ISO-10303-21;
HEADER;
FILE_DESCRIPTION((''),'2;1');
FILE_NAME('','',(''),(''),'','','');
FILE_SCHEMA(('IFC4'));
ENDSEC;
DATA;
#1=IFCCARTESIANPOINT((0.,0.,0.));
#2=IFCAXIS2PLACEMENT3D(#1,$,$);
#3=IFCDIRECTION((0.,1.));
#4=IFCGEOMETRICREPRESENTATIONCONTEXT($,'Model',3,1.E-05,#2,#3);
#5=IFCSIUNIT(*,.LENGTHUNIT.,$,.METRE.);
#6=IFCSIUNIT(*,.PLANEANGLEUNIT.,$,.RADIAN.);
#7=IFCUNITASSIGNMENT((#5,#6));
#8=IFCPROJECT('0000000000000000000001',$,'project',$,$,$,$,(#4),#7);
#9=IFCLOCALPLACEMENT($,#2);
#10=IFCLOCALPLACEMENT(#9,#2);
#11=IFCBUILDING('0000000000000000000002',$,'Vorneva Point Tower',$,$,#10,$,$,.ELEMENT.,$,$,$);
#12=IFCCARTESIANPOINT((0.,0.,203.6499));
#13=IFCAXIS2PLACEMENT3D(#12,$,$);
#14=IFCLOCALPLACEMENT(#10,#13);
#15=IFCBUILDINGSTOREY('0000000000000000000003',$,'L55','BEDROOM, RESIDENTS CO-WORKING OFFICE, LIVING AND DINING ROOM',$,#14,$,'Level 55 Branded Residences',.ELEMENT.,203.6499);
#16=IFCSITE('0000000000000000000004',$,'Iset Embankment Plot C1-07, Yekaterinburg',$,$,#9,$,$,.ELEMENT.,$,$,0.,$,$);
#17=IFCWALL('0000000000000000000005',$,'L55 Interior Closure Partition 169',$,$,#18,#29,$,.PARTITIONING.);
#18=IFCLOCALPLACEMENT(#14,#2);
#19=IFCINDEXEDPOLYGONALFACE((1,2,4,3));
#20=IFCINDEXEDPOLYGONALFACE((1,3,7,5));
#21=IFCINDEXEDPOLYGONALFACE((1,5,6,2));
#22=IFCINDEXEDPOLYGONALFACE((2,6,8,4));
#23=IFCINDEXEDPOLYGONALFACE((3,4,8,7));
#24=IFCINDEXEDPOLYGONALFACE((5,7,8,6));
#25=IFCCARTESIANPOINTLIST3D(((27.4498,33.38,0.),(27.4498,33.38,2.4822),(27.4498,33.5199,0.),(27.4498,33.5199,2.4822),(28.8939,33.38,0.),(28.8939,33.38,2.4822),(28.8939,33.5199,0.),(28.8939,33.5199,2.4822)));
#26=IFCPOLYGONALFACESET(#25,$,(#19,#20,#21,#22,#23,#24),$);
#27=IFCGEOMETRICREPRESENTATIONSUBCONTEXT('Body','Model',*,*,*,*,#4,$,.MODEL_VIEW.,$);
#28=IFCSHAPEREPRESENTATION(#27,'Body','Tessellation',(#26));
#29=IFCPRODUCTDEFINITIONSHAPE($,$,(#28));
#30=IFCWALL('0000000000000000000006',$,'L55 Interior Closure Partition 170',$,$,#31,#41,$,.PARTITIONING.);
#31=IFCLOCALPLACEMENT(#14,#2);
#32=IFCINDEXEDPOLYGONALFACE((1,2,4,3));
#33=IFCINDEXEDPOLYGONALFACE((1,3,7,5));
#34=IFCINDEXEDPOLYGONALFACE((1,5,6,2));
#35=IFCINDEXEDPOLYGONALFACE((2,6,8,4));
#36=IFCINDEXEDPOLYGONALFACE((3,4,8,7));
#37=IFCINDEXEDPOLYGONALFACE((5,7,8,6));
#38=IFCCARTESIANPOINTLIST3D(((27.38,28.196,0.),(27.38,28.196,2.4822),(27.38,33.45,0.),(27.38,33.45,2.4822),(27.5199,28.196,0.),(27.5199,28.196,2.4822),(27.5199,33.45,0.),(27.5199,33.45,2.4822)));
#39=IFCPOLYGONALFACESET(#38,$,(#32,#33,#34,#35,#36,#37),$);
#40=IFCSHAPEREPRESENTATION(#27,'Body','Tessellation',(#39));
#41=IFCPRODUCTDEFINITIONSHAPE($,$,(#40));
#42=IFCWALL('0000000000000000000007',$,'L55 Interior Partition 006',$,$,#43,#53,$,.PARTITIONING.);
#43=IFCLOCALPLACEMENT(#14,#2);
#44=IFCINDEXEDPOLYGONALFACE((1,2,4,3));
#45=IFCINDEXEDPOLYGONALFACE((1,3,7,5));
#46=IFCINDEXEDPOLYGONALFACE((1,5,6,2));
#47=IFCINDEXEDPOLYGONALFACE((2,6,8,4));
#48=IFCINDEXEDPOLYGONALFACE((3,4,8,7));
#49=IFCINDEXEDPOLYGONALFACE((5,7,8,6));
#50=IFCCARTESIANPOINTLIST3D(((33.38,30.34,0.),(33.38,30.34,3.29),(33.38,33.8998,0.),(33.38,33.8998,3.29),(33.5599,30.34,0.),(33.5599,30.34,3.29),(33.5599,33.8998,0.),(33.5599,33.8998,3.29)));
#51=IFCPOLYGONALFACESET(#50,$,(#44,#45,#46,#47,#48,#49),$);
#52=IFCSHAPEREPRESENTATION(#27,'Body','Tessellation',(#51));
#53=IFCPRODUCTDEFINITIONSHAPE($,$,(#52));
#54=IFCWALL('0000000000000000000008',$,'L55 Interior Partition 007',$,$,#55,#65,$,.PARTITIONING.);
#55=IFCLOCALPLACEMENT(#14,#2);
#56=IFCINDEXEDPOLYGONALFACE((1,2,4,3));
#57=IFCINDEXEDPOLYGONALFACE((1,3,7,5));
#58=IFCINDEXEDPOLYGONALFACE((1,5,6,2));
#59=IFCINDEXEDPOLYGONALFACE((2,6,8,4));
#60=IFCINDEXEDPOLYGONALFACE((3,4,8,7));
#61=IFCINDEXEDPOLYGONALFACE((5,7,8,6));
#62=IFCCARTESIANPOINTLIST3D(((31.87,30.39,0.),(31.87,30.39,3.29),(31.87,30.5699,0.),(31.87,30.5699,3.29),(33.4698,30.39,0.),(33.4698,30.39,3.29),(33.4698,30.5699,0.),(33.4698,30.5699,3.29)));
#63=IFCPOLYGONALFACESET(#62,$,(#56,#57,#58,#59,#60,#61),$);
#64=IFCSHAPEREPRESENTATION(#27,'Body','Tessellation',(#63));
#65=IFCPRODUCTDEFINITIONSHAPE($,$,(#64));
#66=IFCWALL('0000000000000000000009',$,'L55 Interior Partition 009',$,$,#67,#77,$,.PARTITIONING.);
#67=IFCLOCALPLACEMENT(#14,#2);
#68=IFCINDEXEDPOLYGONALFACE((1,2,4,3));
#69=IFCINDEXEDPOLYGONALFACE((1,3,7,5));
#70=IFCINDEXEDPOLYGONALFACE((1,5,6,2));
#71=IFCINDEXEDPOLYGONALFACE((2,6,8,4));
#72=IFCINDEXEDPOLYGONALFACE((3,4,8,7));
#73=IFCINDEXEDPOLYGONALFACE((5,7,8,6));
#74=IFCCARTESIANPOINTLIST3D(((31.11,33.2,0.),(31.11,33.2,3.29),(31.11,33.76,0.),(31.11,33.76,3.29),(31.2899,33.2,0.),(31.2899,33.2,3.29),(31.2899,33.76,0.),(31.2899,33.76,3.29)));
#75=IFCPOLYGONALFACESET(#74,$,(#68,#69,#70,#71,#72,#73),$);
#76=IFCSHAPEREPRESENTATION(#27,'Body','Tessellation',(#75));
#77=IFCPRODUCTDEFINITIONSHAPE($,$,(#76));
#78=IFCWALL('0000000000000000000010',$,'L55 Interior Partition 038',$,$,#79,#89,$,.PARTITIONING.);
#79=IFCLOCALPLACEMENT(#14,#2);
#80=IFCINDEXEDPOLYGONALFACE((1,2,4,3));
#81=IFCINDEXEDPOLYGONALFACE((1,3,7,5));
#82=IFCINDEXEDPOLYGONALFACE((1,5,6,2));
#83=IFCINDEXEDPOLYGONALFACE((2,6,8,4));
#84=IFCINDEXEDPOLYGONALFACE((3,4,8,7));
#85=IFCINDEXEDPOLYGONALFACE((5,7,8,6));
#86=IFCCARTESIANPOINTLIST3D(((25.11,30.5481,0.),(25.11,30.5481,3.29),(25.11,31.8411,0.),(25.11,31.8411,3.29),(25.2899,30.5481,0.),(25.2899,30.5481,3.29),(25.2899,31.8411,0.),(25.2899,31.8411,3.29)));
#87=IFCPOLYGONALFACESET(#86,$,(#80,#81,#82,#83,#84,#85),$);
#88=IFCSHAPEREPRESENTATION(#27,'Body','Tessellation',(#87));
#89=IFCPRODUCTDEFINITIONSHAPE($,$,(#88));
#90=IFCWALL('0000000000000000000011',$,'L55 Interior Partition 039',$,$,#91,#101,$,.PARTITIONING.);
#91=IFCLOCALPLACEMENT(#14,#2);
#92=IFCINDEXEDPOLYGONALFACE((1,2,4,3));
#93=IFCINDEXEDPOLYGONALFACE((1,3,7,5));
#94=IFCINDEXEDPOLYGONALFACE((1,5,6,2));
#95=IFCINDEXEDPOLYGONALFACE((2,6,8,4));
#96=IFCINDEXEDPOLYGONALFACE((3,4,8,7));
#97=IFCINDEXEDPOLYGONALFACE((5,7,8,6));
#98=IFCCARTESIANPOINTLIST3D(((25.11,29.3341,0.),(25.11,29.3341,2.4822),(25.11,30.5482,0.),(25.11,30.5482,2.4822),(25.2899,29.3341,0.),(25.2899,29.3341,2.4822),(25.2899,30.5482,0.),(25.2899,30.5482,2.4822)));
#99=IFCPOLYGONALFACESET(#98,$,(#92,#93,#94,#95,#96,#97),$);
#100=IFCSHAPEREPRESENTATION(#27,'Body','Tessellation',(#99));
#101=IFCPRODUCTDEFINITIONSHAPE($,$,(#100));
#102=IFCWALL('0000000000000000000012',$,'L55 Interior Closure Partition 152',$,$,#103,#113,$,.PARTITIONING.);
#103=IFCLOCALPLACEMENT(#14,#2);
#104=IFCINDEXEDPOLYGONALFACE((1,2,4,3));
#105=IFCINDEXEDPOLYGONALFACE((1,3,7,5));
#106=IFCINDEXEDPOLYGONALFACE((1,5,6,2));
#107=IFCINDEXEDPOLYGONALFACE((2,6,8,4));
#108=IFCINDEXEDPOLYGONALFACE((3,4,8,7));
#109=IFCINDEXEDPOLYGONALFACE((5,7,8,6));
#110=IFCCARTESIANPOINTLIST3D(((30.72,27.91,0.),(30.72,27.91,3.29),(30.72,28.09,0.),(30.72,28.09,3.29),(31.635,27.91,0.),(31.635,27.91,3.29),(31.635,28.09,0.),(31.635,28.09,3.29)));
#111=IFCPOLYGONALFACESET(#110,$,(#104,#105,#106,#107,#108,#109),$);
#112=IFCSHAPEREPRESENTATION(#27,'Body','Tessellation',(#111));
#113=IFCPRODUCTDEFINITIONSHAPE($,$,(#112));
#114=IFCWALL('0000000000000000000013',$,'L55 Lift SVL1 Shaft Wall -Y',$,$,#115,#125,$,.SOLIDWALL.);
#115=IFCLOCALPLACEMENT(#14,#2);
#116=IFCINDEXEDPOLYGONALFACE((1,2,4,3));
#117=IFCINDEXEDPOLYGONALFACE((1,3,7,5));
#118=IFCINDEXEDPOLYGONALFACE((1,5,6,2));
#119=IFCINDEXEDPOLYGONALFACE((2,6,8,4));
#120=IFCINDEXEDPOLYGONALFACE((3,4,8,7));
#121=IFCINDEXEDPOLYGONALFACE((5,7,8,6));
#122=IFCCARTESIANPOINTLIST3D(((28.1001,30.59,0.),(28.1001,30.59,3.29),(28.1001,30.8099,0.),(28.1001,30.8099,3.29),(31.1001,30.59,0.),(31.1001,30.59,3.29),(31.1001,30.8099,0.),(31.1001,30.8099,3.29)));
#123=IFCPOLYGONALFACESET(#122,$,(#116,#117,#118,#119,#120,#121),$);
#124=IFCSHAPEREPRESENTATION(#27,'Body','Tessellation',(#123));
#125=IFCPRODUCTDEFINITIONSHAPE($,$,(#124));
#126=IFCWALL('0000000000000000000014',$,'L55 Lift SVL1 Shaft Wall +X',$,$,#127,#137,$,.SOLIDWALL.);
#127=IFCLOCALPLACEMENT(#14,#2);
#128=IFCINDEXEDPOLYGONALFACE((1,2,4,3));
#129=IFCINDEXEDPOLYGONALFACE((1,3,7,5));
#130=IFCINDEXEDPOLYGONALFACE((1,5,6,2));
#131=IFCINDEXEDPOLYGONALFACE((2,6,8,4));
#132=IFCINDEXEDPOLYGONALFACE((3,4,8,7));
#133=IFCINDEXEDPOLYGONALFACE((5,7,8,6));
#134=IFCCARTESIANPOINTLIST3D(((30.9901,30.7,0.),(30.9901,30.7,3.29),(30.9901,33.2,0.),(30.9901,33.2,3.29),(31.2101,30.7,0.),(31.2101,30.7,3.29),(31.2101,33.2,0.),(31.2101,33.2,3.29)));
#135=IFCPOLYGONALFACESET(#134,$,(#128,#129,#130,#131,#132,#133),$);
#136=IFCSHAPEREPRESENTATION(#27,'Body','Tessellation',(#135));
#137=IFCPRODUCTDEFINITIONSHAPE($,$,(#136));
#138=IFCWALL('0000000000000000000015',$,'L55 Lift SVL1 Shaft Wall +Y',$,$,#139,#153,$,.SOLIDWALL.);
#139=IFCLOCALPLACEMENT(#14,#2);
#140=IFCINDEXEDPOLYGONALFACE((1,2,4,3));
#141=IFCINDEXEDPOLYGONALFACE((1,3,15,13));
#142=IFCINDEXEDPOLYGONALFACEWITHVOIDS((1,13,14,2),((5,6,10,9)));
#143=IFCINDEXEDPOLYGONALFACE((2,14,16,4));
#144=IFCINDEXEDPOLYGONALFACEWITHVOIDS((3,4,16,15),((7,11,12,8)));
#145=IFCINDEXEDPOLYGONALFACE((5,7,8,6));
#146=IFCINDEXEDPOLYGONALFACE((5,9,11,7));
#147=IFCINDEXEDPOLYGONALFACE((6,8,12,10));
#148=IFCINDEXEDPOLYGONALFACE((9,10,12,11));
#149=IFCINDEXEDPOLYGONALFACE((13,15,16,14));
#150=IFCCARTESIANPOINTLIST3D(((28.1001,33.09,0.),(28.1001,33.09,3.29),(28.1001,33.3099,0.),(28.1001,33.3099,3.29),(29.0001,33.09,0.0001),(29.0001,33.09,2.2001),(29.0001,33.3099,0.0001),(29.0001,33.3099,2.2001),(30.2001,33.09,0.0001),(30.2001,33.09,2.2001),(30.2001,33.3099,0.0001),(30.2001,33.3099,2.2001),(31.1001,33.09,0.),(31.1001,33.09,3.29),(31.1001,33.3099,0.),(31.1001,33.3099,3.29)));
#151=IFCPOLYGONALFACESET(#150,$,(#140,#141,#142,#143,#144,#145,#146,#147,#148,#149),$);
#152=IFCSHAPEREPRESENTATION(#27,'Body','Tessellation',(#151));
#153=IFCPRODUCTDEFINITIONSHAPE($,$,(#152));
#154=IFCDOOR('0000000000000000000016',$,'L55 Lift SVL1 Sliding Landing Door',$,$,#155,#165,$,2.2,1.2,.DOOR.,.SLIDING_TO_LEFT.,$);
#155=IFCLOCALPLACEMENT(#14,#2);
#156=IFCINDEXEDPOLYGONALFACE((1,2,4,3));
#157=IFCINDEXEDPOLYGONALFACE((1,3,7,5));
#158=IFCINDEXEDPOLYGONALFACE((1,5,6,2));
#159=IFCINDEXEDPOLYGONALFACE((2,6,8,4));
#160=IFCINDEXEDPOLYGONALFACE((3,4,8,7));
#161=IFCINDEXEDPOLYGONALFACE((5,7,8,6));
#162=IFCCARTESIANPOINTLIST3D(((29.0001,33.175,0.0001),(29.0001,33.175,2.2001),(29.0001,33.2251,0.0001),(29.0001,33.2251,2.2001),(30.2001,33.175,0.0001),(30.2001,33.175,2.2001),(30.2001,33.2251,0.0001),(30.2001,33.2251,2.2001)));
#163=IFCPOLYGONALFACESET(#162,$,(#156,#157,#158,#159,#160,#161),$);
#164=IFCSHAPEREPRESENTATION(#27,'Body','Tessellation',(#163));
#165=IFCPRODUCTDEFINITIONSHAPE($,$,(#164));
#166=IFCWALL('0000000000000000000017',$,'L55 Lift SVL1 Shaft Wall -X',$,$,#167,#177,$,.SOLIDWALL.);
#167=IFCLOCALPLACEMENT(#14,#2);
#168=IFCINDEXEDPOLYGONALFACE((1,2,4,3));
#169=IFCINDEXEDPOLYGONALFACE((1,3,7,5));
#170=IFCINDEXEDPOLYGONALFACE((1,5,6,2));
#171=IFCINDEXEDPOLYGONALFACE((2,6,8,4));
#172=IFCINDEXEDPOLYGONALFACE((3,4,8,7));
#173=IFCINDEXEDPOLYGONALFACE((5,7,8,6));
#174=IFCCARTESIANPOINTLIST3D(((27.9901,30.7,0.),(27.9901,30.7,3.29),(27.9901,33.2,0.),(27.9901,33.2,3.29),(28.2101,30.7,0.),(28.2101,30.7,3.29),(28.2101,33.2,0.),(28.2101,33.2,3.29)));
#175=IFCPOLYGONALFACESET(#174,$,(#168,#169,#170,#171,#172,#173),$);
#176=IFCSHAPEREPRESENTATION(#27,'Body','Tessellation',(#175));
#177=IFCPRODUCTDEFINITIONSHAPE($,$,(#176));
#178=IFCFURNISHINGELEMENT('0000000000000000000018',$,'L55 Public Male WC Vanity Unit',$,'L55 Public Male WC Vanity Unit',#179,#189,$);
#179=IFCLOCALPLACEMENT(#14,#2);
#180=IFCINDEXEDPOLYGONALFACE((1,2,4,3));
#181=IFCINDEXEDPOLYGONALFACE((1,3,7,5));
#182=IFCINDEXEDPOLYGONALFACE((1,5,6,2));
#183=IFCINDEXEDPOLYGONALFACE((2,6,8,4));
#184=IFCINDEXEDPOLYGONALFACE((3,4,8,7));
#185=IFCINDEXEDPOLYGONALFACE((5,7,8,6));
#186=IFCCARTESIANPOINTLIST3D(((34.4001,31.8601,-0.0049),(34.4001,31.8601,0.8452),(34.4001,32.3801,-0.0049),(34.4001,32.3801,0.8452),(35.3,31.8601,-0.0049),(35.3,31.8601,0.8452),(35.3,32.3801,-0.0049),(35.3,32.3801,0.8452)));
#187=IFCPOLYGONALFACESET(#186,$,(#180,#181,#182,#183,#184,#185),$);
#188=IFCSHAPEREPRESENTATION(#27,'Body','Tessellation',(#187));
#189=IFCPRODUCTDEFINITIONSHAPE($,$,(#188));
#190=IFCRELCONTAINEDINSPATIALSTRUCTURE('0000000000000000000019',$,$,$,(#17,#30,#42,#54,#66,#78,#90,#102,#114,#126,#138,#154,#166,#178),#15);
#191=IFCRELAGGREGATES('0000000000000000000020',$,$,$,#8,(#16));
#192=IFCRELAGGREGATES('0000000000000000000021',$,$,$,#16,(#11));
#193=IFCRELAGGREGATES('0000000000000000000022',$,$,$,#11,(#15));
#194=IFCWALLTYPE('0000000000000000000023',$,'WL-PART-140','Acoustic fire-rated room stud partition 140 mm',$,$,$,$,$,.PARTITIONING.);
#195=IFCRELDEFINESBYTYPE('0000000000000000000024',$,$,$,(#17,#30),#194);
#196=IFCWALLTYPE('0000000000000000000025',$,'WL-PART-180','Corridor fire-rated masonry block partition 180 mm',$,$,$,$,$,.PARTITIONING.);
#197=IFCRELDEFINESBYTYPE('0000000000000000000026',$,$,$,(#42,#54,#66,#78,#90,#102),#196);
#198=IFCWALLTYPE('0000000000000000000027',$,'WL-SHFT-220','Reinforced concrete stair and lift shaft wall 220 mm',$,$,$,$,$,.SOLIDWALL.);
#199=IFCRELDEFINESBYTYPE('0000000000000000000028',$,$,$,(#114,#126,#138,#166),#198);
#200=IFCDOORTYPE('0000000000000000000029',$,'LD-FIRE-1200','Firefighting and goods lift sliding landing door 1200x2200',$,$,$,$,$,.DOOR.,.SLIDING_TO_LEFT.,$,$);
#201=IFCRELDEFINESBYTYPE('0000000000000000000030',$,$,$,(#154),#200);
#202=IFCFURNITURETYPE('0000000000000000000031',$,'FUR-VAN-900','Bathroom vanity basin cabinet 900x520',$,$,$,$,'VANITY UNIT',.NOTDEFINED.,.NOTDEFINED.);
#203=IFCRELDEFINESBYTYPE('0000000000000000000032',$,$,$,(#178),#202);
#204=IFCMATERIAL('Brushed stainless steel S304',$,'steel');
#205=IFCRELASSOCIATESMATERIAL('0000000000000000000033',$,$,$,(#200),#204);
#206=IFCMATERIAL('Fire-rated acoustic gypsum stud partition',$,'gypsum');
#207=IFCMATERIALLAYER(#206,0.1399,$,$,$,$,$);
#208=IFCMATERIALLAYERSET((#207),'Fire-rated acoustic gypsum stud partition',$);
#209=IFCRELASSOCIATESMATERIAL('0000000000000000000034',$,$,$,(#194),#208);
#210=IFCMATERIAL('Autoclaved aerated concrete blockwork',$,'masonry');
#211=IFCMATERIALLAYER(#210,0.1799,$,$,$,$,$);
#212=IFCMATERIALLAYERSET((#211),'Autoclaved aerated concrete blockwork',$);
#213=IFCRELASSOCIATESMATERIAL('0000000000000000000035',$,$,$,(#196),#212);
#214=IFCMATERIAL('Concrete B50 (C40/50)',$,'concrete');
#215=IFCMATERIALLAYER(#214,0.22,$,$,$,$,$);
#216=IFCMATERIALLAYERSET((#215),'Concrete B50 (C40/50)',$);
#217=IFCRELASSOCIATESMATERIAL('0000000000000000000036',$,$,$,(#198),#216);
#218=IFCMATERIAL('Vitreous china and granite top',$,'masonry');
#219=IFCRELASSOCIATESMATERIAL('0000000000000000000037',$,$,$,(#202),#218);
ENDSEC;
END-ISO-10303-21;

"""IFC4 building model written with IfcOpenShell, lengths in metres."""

from ifc_helpers import new_model, si_unit, direction, frame, frame_2d, origin, origin_2d, place, context, subcontext, project, spatial, rectangle, extrude, material, layer, layer_set, type_object, element, fill, save


model = new_model("IFC4")

# Units and contexts
model_context = context("Model", 3, precision=1e-05, world=origin(), true_north=direction((0.0, 1.0)))
body_context = subcontext(model_context, "Body", "Model", "MODEL_VIEW")
ifc_project = project(units=[si_unit("LENGTHUNIT", "METRE"), si_unit("PLANEANGLEUNIT", "RADIAN")], contexts=[model_context])

# Site, building, storey
site_placement = place(None, origin())
site = spatial("IfcSite", under=ifc_project, at=site_placement, Name="Iset Embankment Plot C1-07, Yekaterinburg", CompositionType="ELEMENT", RefElevation=0.0)
building_placement = place(site_placement, origin())
building = spatial("IfcBuilding", under=site, at=building_placement, Name="Vorneva Point Tower", CompositionType="ELEMENT")
storey_placement = place(building_placement, frame((0.0, 0.0, 203.6499)))
storey = spatial("IfcBuildingStorey", under=building, at=storey_placement, Name="L55", Description="BEDROOM, RESIDENTS CO-WORKING OFFICE, LIVING AND DINING ROOM", LongName="Level 55 Branded Residences", CompositionType="ELEMENT", Elevation=203.6499)

# Shared definitions
ifc_material_1 = material(Name="Concrete B50 (C40/50)", Category="concrete")

# Shared definitions
ifc_material_2 = material(Name="Brushed stainless steel S304", Category="steel")
door_type_1 = type_object("IfcDoorType", Name="LD-FIRE-1200", Description="Firefighting and goods lift sliding landing door 1200x2200", OperationType="SLIDING_TO_LEFT", PredefinedType="DOOR", material=ifc_material_2)

# Walls
ifc_material_3 = material(Name="Fire-rated acoustic gypsum stud partition", Category="gypsum")
ifc_layer_1 = layer(ifc_material_3, 0.1399)
ifc_layer_set_1 = layer_set([ifc_layer_1], Name="Fire-rated acoustic gypsum stud partition")
wall_type_1 = type_object("IfcWallType", Name="WL-PART-140", Description="Acoustic fire-rated room stud partition 140 mm", PredefinedType="PARTITIONING", material=ifc_layer_set_1)
wall_1_placement = place(storey_placement, frame((28.894, 33.45, 0.0), z_axis=(0.0, 0.0, 1.0), x_axis=(-1.0, 0.0, 0.0)))
element("IfcWall", 1, at=wall_1_placement, inside=storey, type_object=wall_type_1, Name="L55 Interior Closure Partition 169", PredefinedType="PARTITIONING", context=body_context, shape_type="SweptSolid", body=[
    extrude(rectangle(XDim=1.4441, YDim=0.1399, at=frame_2d((0.7222, 0.0))), origin(), (0.0, 0.0, 1.0), 2.4822),
])
wall_2_placement = place(storey_placement, frame((27.45, 33.45, 0.0), z_axis=(0.0, 0.0, 1.0), x_axis=(0.0, -1.0, 0.0)))
element("IfcWall", 2, at=wall_2_placement, inside=storey, type_object=wall_type_1, Name="L55 Interior Closure Partition 170", PredefinedType="PARTITIONING", context=body_context, shape_type="SweptSolid", body=[
    extrude(rectangle(XDim=5.2539, YDim=0.1399, at=frame_2d((2.627, 0.0))), origin(), (0.0, 0.0, 1.0), 2.4822),
])

# Shared definitions
ifc_material_4 = material(Name="Autoclaved aerated concrete blockwork", Category="masonry")
ifc_layer_2 = layer(ifc_material_4, 0.1799)
ifc_layer_set_2 = layer_set([ifc_layer_2], Name="Autoclaved aerated concrete blockwork")
wall_type_2 = type_object("IfcWallType", Name="WL-PART-180", Description="Corridor fire-rated masonry block partition 180 mm", PredefinedType="PARTITIONING", material=ifc_layer_set_2)

# Walls
wall_3_placement = place(storey_placement, frame((33.47, 30.3401, 0.0), z_axis=(0.0, 0.0, 1.0), x_axis=(0.0, 1.0, 0.0)))
element("IfcWall", 3, at=wall_3_placement, inside=storey, type_object=wall_type_2, Name="L55 Interior Partition 006", PredefinedType="PARTITIONING", context=body_context, shape_type="SweptSolid", body=[
    extrude(rectangle(XDim=3.5598, YDim=0.1799, at=frame_2d((1.7798, 0.0))), origin(), (0.0, 0.0, 1.0), 3.29),
])
wall_4_placement = place(storey_placement, frame((31.8701, 30.48, 0.0), z_axis=(0.0, 0.0, 1.0), x_axis=(1.0, 0.0, 0.0)))
element("IfcWall", 4, at=wall_4_placement, inside=storey, type_object=wall_type_2, Name="L55 Interior Partition 007", PredefinedType="PARTITIONING", context=body_context, shape_type="SweptSolid", body=[
    extrude(rectangle(XDim=1.5999, YDim=0.1799, at=frame_2d((0.7998, 0.0))), origin(), (0.0, 0.0, 1.0), 3.29),
])
wall_5_placement = place(storey_placement, frame((31.2, 33.76, 0.0), z_axis=(0.0, 0.0, 1.0), x_axis=(0.0, -1.0, 0.0)))
element("IfcWall", 5, at=wall_5_placement, inside=storey, type_object=wall_type_2, Name="L55 Interior Partition 009", PredefinedType="PARTITIONING", context=body_context, shape_type="SweptSolid", body=[
    extrude(rectangle(XDim=0.5601, YDim=0.1799, at=frame_2d((0.28, 0.0))), origin(), (0.0, 0.0, 1.0), 3.29),
])
wall_6_placement = place(storey_placement, frame((25.2, 31.8411, 0.0), z_axis=(0.0, 0.0, 1.0), x_axis=(0.0, -1.0, 0.0)))
element("IfcWall", 6, at=wall_6_placement, inside=storey, type_object=wall_type_2, Name="L55 Interior Partition 038", PredefinedType="PARTITIONING", context=body_context, shape_type="SweptSolid", body=[
    extrude(rectangle(XDim=1.293, YDim=0.1799, at=frame_2d((0.6465, 0.0))), origin(), (0.0, 0.0, 1.0), 3.29),
])
wall_7_placement = place(storey_placement, frame((25.2, 30.5481, 0.0), z_axis=(0.0, 0.0, 1.0), x_axis=(0.0, -1.0, 0.0)))
element("IfcWall", 7, at=wall_7_placement, inside=storey, type_object=wall_type_2, Name="L55 Interior Partition 039", PredefinedType="PARTITIONING", context=body_context, shape_type="SweptSolid", body=[
    extrude(rectangle(XDim=1.2141, YDim=0.1799, at=frame_2d((0.6069, 0.0))), origin(), (0.0, 0.0, 1.0), 2.4822),
])
wall_8_placement = place(storey_placement, frame((31.635, 28.0, 0.0), z_axis=(0.0, 0.0, 1.0), x_axis=(-1.0, 0.0, 0.0)))
element("IfcWall", 8, at=wall_8_placement, inside=storey, type_object=wall_type_2, Name="L55 Interior Closure Partition 152", PredefinedType="PARTITIONING", context=body_context, shape_type="SweptSolid", body=[
    extrude(rectangle(XDim=0.915, YDim=0.1799, at=frame_2d((0.4575, 0.0))), origin(), (0.0, 0.0, 1.0), 3.29),
])
ifc_layer_3 = layer(ifc_material_1, 0.22)
ifc_layer_set_3 = layer_set([ifc_layer_3], Name="Concrete B50 (C40/50)")
wall_type_3 = type_object("IfcWallType", Name="WL-SHFT-220", Description="Reinforced concrete stair and lift shaft wall 220 mm", PredefinedType="SOLIDWALL", material=ifc_layer_set_3)
wall_9_placement = place(storey_placement, frame((28.1001, 30.7, 0.0), z_axis=(0.0, 0.0, 1.0), x_axis=(1.0, 0.0, 0.0)))
element("IfcWall", 9, at=wall_9_placement, inside=storey, type_object=wall_type_3, Name="L55 Lift SVL1 Shaft Wall -Y", PredefinedType="SOLIDWALL", context=body_context, shape_type="SweptSolid", body=[
    extrude(rectangle(XDim=3.0, YDim=0.22, at=frame_2d((1.5, 0.0))), origin(), (0.0, 0.0, 1.0), 3.29),
])
wall_10_placement = place(storey_placement, frame((31.1001, 30.7, 0.0), z_axis=(0.0, 0.0, 1.0), x_axis=(0.0, 1.0, 0.0)))
element("IfcWall", 10, at=wall_10_placement, inside=storey, type_object=wall_type_3, Name="L55 Lift SVL1 Shaft Wall +X", PredefinedType="SOLIDWALL", context=body_context, shape_type="SweptSolid", body=[
    extrude(rectangle(XDim=2.5, YDim=0.22, at=frame_2d((1.25, 0.0))), origin(), (0.0, 0.0, 1.0), 3.29),
])

# Wall, opening, door
wall_11_placement = place(storey_placement, frame((31.1001, 33.2, 0.0), z_axis=(0.0, 0.0, 1.0), x_axis=(-1.0, 0.0, 0.0)))
wall_11 = element("IfcWall", 11, at=wall_11_placement, inside=storey, type_object=wall_type_3, Name="L55 Lift SVL1 Shaft Wall +Y", PredefinedType="SOLIDWALL", context=body_context, shape_type="SweptSolid", body=[
    extrude(rectangle(XDim=3.0, YDim=0.22, at=frame_2d((1.5, 0.0))), origin(), (0.0, 0.0, 1.0), 3.29),
])
opening_1_placement = place(wall_11_placement, frame((0.8999, 0.0, 0.0)))
opening_1 = element("IfcOpeningElement", 12, at=opening_1_placement, cuts=wall_11, PredefinedType="OPENING", context=body_context, shape_type="SweptSolid", body=[
    extrude(rectangle(XDim=1.2, YDim=2.2, at=frame_2d((0.6001, 1.1001))), frame((0.0, 0.125, 0.0), z_axis=(0.0, -1.0, 0.0), x_axis=(1.0, 0.0, 0.0)), (0.0, 0.0, 1.0), 0.2498),
])
door_1_placement = place(opening_1_placement, origin())
door_1 = element("IfcDoor", 13, at=door_1_placement, inside=storey, type_object=door_type_1, Name="L55 Lift SVL1 Sliding Landing Door", OperationType="SLIDING_TO_LEFT", OverallHeight=2.2, OverallWidth=1.2, PredefinedType="DOOR", context=body_context, shape_type="SweptSolid", body=[
    extrude(rectangle(XDim=1.2, YDim=2.2, at=frame_2d((0.6001, 1.1001))), frame((0.0, 0.0249, 0.0), z_axis=(0.0, -1.0, 0.0), x_axis=(1.0, 0.0, 0.0)), (0.0, 0.0, 1.0), 0.05),
])
fill(opening_1, door_1)

# Wall
wall_12_placement = place(storey_placement, frame((28.1001, 33.2, 0.0), z_axis=(0.0, 0.0, 1.0), x_axis=(0.0, -1.0, 0.0)))
element("IfcWall", 14, at=wall_12_placement, inside=storey, type_object=wall_type_3, Name="L55 Lift SVL1 Shaft Wall -X", PredefinedType="SOLIDWALL", context=body_context, shape_type="SweptSolid", body=[
    extrude(rectangle(XDim=2.5, YDim=0.22, at=frame_2d((1.25, 0.0))), origin(), (0.0, 0.0, 1.0), 3.29),
])

# Furnishing element
ifc_material_5 = material(Name="Vitreous china and granite top", Category="masonry")
furniture_type = type_object("IfcFurnitureType", Name="FUR-VAN-900", Description="Bathroom vanity basin cabinet 900x520", ElementType="VANITY UNIT", AssemblyPlace="NOTDEFINED", PredefinedType="NOTDEFINED", material=ifc_material_5)
furnishing_placement = place(storey_placement, frame((34.8501, 32.1201, -0.0049), z_axis=(0.0, 0.0, 1.0), x_axis=(1.0, 0.0, 0.0)))
element("IfcFurnishingElement", 15, at=furnishing_placement, inside=storey, type_object=furniture_type, Name="L55 Public Male WC Vanity Unit", ObjectType="L55 Public Male WC Vanity Unit", context=body_context, shape_type="SweptSolid", body=[
    extrude(rectangle(XDim=0.8999, YDim=0.52, at=origin_2d()), origin(), (0.0, 0.0, 1.0), 0.8501),
])

save(model, "model.ifc")
